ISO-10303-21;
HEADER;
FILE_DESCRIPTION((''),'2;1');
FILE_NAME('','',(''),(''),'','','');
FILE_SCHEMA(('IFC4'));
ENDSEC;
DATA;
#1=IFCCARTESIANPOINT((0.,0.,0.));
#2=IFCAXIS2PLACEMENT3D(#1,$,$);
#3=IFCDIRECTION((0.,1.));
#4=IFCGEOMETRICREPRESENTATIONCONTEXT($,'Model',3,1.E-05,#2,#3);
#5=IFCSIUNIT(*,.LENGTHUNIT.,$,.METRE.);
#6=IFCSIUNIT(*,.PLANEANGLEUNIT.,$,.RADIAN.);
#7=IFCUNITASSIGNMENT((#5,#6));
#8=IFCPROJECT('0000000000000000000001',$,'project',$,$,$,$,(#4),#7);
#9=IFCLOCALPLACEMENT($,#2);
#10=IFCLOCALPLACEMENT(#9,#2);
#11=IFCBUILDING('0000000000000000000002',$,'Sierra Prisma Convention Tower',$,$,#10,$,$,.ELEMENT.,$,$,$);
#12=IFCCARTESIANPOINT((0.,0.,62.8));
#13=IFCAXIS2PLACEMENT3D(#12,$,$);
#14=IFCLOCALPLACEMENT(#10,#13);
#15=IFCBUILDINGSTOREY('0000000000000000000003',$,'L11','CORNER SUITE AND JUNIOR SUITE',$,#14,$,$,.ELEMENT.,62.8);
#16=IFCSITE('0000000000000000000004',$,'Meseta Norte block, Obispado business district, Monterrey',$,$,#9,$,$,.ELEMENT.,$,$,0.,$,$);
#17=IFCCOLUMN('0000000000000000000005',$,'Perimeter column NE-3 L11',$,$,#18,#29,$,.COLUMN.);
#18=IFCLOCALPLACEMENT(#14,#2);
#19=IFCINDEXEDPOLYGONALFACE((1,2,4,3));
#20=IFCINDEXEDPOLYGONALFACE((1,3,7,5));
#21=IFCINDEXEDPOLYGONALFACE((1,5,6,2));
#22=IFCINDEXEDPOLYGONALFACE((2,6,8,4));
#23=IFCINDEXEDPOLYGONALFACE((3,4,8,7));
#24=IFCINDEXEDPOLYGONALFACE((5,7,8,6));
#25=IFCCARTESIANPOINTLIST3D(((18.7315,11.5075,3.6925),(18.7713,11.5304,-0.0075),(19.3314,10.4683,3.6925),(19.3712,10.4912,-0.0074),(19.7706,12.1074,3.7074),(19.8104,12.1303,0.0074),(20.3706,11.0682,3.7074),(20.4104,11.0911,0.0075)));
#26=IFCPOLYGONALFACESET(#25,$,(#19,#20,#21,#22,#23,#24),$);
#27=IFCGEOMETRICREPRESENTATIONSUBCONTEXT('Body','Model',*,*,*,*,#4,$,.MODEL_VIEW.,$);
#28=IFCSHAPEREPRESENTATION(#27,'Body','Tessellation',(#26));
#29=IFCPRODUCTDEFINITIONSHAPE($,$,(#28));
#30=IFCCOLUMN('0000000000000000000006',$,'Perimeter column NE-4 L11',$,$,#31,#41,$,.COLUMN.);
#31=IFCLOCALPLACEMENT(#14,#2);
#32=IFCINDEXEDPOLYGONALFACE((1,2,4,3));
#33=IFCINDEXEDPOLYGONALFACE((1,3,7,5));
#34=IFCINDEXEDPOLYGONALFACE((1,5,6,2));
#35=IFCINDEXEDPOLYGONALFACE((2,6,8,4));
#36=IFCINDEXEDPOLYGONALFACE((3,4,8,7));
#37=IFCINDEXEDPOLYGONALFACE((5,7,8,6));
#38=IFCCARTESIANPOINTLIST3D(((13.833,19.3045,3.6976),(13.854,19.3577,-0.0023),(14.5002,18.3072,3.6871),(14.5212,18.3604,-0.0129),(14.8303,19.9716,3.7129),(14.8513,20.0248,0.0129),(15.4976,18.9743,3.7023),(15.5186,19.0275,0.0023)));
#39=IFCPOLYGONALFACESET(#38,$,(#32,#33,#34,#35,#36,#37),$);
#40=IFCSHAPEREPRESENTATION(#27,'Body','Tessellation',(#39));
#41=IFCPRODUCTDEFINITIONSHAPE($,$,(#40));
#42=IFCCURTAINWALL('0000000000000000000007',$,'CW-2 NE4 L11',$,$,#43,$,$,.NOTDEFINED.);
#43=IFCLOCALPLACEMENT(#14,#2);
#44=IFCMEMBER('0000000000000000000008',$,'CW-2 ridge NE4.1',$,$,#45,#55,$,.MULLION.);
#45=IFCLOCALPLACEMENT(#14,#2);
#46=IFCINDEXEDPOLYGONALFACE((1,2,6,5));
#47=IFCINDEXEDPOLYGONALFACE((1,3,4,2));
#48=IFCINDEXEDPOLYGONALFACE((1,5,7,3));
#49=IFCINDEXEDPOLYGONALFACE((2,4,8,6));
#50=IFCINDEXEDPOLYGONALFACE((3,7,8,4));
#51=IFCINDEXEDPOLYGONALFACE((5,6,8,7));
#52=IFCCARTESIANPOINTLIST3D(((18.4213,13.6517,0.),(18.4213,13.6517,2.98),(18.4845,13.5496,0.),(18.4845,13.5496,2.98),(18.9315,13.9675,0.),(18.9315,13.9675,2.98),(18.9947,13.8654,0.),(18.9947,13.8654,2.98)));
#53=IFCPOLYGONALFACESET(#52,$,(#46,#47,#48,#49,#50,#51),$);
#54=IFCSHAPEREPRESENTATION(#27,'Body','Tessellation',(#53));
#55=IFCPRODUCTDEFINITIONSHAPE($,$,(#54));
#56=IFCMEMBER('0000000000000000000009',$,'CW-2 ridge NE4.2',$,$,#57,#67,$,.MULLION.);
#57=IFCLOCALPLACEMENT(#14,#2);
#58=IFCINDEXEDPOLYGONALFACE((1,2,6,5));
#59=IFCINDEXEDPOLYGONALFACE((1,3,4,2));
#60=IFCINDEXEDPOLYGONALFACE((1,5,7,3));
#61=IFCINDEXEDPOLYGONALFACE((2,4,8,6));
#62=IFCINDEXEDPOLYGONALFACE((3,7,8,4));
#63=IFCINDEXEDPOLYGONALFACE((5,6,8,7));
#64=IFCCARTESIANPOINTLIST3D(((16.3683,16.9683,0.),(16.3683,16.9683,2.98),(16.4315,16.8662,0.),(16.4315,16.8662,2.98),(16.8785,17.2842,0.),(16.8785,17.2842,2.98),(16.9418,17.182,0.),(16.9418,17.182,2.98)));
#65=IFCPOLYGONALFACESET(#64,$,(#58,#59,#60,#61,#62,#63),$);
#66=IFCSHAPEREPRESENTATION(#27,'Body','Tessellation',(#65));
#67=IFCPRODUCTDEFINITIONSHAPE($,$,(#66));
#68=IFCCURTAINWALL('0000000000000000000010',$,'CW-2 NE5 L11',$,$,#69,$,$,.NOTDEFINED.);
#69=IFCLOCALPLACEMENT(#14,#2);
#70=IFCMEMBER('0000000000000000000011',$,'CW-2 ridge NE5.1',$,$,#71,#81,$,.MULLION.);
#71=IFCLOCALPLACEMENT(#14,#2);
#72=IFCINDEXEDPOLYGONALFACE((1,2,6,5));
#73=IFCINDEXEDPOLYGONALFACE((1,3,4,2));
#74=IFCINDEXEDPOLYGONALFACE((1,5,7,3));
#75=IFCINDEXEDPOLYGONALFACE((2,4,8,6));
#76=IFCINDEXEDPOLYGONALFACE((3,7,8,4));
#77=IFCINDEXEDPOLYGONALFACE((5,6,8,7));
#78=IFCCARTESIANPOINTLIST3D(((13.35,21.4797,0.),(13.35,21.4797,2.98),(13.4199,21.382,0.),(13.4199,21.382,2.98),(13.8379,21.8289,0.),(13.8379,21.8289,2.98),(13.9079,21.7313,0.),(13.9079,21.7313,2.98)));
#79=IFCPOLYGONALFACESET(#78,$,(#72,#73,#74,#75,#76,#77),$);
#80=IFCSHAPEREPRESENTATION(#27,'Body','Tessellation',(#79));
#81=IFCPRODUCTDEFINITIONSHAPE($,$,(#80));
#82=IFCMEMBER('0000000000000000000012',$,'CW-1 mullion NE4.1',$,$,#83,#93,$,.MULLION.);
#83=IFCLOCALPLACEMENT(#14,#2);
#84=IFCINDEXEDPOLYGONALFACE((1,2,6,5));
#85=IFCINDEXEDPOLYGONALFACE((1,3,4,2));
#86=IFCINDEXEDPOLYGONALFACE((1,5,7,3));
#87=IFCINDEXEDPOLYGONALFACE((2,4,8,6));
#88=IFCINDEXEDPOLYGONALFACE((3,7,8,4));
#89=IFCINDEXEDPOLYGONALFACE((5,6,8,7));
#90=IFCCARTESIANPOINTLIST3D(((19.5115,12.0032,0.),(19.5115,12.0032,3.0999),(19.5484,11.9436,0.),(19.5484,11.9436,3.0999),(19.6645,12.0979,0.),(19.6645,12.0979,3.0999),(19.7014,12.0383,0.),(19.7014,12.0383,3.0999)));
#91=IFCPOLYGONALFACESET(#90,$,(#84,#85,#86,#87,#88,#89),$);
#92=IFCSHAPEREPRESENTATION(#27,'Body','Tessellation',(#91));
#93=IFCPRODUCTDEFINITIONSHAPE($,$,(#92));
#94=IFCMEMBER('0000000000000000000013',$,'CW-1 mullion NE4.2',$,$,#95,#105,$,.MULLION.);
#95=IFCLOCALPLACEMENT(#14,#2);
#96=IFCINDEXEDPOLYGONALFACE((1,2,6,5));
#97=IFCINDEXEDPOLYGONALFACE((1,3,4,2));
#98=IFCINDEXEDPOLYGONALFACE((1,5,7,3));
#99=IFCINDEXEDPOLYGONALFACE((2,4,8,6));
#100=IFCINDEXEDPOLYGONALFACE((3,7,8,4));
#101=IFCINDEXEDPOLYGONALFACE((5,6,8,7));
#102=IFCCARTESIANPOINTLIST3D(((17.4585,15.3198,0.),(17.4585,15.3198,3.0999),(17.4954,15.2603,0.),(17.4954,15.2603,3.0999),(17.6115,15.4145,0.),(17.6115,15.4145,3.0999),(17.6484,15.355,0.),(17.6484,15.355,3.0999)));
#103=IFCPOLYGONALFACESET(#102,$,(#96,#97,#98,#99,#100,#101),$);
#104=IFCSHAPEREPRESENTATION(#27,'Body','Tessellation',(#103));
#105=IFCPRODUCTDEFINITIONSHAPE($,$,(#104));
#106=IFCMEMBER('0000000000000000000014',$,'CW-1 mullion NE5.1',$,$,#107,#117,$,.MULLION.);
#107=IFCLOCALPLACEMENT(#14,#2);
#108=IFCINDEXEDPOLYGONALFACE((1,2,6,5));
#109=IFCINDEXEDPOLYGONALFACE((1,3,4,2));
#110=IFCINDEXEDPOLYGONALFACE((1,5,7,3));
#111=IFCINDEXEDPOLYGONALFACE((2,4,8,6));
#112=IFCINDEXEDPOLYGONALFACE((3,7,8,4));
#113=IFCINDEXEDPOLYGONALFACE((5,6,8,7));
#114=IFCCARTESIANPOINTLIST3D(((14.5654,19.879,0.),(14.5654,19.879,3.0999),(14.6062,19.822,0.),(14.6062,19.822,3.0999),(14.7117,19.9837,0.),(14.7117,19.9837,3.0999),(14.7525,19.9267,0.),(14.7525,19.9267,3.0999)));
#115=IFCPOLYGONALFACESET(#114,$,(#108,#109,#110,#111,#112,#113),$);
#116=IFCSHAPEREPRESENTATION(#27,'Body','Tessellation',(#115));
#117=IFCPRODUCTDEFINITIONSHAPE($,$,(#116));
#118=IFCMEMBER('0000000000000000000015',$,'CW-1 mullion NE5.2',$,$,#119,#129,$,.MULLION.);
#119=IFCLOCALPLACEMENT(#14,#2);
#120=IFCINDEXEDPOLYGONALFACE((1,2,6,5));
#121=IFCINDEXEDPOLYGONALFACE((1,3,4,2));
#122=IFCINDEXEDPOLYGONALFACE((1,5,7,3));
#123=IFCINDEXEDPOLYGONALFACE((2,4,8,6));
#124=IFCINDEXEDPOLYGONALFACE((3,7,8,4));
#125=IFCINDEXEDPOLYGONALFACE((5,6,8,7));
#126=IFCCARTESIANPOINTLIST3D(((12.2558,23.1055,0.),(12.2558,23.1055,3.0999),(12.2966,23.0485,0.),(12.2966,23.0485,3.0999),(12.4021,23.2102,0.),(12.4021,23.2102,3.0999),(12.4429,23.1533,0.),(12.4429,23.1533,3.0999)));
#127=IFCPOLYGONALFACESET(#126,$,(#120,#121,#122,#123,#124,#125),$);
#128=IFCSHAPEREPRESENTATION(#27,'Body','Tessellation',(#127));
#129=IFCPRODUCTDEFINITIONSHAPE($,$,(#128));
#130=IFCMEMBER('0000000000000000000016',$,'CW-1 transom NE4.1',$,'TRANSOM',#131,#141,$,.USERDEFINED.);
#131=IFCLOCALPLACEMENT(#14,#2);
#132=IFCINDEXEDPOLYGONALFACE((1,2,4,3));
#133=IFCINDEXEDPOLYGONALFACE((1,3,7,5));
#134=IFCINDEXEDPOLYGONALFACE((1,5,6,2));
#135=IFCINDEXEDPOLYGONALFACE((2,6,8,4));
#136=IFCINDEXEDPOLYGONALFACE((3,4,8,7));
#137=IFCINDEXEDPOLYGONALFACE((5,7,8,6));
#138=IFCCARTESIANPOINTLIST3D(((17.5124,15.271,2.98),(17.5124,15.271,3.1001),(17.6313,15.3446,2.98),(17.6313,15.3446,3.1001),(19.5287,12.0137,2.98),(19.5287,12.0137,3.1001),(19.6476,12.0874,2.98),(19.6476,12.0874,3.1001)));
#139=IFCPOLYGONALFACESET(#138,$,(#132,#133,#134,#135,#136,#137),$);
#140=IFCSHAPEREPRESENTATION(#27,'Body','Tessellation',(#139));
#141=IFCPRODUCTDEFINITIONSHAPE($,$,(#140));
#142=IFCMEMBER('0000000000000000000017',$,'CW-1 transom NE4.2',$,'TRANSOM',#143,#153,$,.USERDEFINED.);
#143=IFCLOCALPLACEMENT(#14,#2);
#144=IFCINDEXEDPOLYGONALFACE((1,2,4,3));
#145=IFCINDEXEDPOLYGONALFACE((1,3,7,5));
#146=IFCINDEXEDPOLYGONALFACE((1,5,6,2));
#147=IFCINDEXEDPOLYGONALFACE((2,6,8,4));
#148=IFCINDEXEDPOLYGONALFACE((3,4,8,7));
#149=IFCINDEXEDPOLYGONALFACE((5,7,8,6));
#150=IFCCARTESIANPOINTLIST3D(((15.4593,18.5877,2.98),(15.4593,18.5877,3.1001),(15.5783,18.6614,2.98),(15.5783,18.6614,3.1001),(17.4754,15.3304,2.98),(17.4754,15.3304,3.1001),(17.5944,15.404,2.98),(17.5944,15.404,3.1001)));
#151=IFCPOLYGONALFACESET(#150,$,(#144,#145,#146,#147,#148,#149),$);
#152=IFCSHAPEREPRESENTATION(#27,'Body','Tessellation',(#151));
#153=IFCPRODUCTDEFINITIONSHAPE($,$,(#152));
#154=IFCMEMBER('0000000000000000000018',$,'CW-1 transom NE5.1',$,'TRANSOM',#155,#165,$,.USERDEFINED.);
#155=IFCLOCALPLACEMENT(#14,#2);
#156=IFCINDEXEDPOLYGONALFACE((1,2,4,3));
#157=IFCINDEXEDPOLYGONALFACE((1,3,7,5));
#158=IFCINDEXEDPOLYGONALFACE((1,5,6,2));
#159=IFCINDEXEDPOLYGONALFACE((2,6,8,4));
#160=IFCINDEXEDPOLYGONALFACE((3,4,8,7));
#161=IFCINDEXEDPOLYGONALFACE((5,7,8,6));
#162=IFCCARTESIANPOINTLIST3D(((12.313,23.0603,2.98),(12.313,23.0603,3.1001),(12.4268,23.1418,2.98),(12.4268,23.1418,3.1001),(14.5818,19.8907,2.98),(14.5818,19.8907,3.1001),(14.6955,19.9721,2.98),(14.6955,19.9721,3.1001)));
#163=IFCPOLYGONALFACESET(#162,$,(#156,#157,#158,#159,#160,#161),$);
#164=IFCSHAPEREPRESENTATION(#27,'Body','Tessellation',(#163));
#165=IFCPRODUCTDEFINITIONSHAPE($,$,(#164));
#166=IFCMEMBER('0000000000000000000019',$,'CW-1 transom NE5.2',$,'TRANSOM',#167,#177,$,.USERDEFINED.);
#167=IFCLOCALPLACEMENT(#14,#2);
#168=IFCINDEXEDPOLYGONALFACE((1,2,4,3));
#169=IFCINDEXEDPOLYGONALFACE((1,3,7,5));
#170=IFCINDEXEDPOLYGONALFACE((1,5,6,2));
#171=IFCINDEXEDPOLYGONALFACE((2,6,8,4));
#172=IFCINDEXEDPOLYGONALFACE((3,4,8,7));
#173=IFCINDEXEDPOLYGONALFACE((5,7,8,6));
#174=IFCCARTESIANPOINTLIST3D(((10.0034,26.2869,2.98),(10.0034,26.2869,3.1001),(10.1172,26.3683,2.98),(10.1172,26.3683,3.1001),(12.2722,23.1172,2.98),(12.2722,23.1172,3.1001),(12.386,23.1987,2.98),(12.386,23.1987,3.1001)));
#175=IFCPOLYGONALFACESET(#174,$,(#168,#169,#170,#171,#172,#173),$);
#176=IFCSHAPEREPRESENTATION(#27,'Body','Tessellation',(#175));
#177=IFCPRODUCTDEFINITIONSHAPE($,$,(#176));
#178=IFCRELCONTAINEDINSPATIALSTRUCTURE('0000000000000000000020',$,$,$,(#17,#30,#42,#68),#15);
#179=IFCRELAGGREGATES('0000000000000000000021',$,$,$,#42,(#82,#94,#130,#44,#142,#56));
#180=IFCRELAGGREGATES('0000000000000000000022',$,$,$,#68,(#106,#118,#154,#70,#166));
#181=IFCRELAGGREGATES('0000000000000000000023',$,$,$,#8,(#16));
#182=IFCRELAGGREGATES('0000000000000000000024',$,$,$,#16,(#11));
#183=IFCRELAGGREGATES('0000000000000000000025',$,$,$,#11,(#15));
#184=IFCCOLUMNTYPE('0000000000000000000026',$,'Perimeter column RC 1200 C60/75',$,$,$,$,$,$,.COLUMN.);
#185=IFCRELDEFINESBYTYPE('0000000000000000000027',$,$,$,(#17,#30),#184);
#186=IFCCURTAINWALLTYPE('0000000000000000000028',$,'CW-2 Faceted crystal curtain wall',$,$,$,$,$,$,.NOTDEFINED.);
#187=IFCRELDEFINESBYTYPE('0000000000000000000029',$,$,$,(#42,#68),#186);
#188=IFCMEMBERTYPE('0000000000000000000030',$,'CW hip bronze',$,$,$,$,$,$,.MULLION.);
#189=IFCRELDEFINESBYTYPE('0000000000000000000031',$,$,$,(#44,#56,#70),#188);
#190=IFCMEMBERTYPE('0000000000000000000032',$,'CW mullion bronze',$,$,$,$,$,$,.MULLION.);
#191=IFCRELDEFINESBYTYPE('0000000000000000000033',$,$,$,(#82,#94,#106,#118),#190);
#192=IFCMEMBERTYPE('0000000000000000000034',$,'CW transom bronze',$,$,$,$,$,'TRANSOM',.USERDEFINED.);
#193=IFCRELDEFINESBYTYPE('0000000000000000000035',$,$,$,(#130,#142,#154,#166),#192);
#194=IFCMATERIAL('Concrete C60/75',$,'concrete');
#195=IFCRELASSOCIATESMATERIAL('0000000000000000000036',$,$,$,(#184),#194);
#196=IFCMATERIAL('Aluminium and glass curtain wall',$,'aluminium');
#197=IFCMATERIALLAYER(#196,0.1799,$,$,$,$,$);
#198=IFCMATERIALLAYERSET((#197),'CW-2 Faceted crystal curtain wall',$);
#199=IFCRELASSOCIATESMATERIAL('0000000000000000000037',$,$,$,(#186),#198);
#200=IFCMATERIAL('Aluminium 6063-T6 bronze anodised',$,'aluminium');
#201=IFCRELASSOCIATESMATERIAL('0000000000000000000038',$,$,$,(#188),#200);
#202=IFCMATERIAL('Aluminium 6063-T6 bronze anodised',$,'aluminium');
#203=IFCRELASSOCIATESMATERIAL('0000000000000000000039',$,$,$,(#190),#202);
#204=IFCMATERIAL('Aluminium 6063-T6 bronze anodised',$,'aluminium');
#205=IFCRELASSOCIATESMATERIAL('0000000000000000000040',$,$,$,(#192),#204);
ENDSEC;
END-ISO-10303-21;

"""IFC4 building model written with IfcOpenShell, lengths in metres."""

from ifc_helpers import new_model, si_unit, direction, frame, origin, origin_2d, place, context, subcontext, project, spatial, rectangle, extrude, material, layer, layer_set, material_profile, profile_set, type_object, element, aggregate, save


model = new_model("IFC4")

# Units and contexts
model_context = context("Model", 3, precision=1e-05, world=origin(), true_north=direction((0.0, 1.0)))
body_context = subcontext(model_context, "Body", "Model", "MODEL_VIEW")
ifc_project = project(units=[si_unit("LENGTHUNIT", "METRE"), si_unit("PLANEANGLEUNIT", "RADIAN")], contexts=[model_context])

# Site, building, storey
site_placement = place(None, origin())
site = spatial("IfcSite", under=ifc_project, at=site_placement, Name="Meseta Norte block, Obispado business district, Monterrey", CompositionType="ELEMENT", RefElevation=0.0)
building_placement = place(site_placement, origin())
building = spatial("IfcBuilding", under=site, at=building_placement, Name="Sierra Prisma Convention Tower", CompositionType="ELEMENT")
storey_placement = place(building_placement, frame((0.0, 0.0, 62.8)))
storey = spatial("IfcBuildingStorey", under=building, at=storey_placement, Name="L11", Description="CORNER SUITE AND JUNIOR SUITE", CompositionType="ELEMENT", Elevation=62.8)

# Columns
ifc_material_1 = material(Name="Concrete C60/75", Category="concrete")
ifc_material_profile_1 = material_profile(ifc_material_1, rectangle(XDim=1.2, YDim=1.2, at=origin_2d()), Name="Perimeter column RC 1200 C60/75")
ifc_profile_set_1 = profile_set([ifc_material_profile_1], Name="Concrete C60/75")
column_type = type_object("IfcColumnType", Name="Perimeter column RC 1200 C60/75", PredefinedType="COLUMN", material=ifc_profile_set_1)
column_1_placement = place(storey_placement, frame((19.5908, 11.3108, 0.0), z_axis=(-0.010755, -0.006202, 0.999923), x_axis=(-0.499971, 0.866042, -0.000006)))
element("IfcColumn", 1, at=column_1_placement, inside=storey, type_object=column_type, Name="Perimeter column NE-3 L11", PredefinedType="COLUMN", context=body_context, shape_type="SweptSolid", body=[
    extrude(rectangle(XDim=1.2, YDim=1.2, at=origin_2d()), origin(), (0.0, 0.0, 1.0), 3.7002),
])
column_2_placement = place(storey_placement, frame((14.6863, 19.1926, 0.0), z_axis=(-0.005674, -0.014383, 0.99988), x_axis=(-0.556043, 0.831107, 0.0088)))
element("IfcColumn", 2, at=column_2_placement, inside=storey, type_object=column_type, Name="Perimeter column NE-4 L11", PredefinedType="COLUMN", context=body_context, shape_type="SweptSolid", body=[
    extrude(rectangle(XDim=1.2, YDim=1.2, at=origin_2d()), origin(), (0.0, 0.0, 1.0), 3.7004),
])

# Curtain wall, members
ifc_material_2 = material(Name="Aluminium and glass curtain wall", Category="aluminium")
ifc_layer_1 = layer(ifc_material_2, 0.1799)
ifc_layer_set_1 = layer_set([ifc_layer_1], Name="CW-2 Faceted crystal curtain wall")
curtain_wall_type = type_object("IfcCurtainWallType", Name="CW-2 Faceted crystal curtain wall", PredefinedType="NOTDEFINED", material=ifc_layer_set_1)
curtain_wall_1_placement = place(storey_placement, origin())
curtain_wall_1 = element("IfcCurtainWall", 3, at=curtain_wall_1_placement, inside=storey, type_object=curtain_wall_type, Name="CW-2 NE4 L11", PredefinedType="NOTDEFINED")
ifc_material_3 = material(Name="Aluminium 6063-T6 bronze anodised", Category="aluminium")
ifc_material_profile_2 = material_profile(ifc_material_3, rectangle(XDim=0.1201, YDim=0.6001, at=origin_2d()), Name="ALU RIDGE BLADE 120x600")
ifc_profile_set_2 = profile_set([ifc_material_profile_2], Name="Aluminium 6063-T6 bronze anodised")
member_type_1 = type_object("IfcMemberType", Name="CW hip bronze", PredefinedType="MULLION", material=ifc_profile_set_2)
member_1_placement = place(storey_placement, frame((18.708, 13.7585, 0.0), z_axis=(0.0, 0.0, 1.0), x_axis=(-0.526314, 0.85029, 0.0)))
member_1 = element("IfcMember", 4, at=member_1_placement, type_object=member_type_1, Name="CW-2 ridge NE4.1", PredefinedType="MULLION", context=body_context, shape_type="SweptSolid", body=[
    extrude(rectangle(XDim=0.1201, YDim=0.6001, at=origin_2d()), origin(), (0.0, 0.0, 1.0), 2.98),
])
member_2_placement = place(storey_placement, frame((16.655, 17.0752, 0.0), z_axis=(0.0, 0.0, 1.0), x_axis=(-0.526314, 0.85029, 0.0)))
member_2 = element("IfcMember", 5, at=member_2_placement, type_object=member_type_1, Name="CW-2 ridge NE4.2", PredefinedType="MULLION", context=body_context, shape_type="SweptSolid", body=[
    extrude(rectangle(XDim=0.1201, YDim=0.6001, at=origin_2d()), origin(), (0.0, 0.0, 1.0), 2.98),
])

# Curtain wall, member
curtain_wall_2_placement = place(storey_placement, origin())
curtain_wall_2 = element("IfcCurtainWall", 6, at=curtain_wall_2_placement, inside=storey, type_object=curtain_wall_type, Name="CW-2 NE5 L11", PredefinedType="NOTDEFINED")
member_3_placement = place(storey_placement, frame((13.6289, 21.6055, 0.0), z_axis=(0.0, 0.0, 1.0), x_axis=(-0.582035, 0.813163, 0.0)))
member_3 = element("IfcMember", 7, at=member_3_placement, type_object=member_type_1, Name="CW-2 ridge NE5.1", PredefinedType="MULLION", context=body_context, shape_type="SweptSolid", body=[
    extrude(rectangle(XDim=0.1201, YDim=0.6001, at=origin_2d()), origin(), (0.0, 0.0, 1.0), 2.98),
])

# Members
ifc_material_4 = material(Name="Aluminium 6063-T6 bronze anodised", Category="aluminium")
ifc_material_profile_3 = material_profile(ifc_material_4, rectangle(XDim=0.1799, YDim=0.0701, at=origin_2d()), Name="ALU MULLION 70x180")
ifc_profile_set_3 = profile_set([ifc_material_profile_3], Name="Aluminium 6063-T6 bronze anodised")
member_type_2 = type_object("IfcMemberType", Name="CW mullion bronze", PredefinedType="MULLION", material=ifc_profile_set_3)
member_4_placement = place(storey_placement, frame((19.6064, 12.0208, 0.0), z_axis=(0.0, 0.0, 1.0), x_axis=(-0.85029, -0.526314, 0.0)))
member_4 = element("IfcMember", 8, at=member_4_placement, type_object=member_type_2, Name="CW-1 mullion NE4.1", PredefinedType="MULLION", context=body_context, shape_type="SweptSolid", body=[
    extrude(rectangle(XDim=0.1799, YDim=0.0701, at=origin_2d()), origin(), (0.0, 0.0, 1.0), 3.0999),
])
member_5_placement = place(storey_placement, frame((17.5535, 15.3374, 0.0), z_axis=(0.0, 0.0, 1.0), x_axis=(-0.85029, -0.526314, 0.0)))
member_5 = element("IfcMember", 9, at=member_5_placement, type_object=member_type_2, Name="CW-1 mullion NE4.2", PredefinedType="MULLION", context=body_context, shape_type="SweptSolid", body=[
    extrude(rectangle(XDim=0.1799, YDim=0.0701, at=origin_2d()), origin(), (0.0, 0.0, 1.0), 3.0999),
])
member_6_placement = place(storey_placement, frame((14.6589, 19.9028, 0.0), z_axis=(0.0, 0.0, 1.0), x_axis=(-0.813163, -0.582035, 0.0)))
member_6 = element("IfcMember", 10, at=member_6_placement, type_object=member_type_2, Name="CW-1 mullion NE5.1", PredefinedType="MULLION", context=body_context, shape_type="SweptSolid", body=[
    extrude(rectangle(XDim=0.1799, YDim=0.0701, at=origin_2d()), origin(), (0.0, 0.0, 1.0), 3.0999),
])
member_7_placement = place(storey_placement, frame((12.3494, 23.1294, 0.0), z_axis=(0.0, 0.0, 1.0), x_axis=(-0.813163, -0.582035, 0.0)))
member_7 = element("IfcMember", 11, at=member_7_placement, type_object=member_type_2, Name="CW-1 mullion NE5.2", PredefinedType="MULLION", context=body_context, shape_type="SweptSolid", body=[
    extrude(rectangle(XDim=0.1799, YDim=0.0701, at=origin_2d()), origin(), (0.0, 0.0, 1.0), 3.0999),
])
ifc_material_5 = material(Name="Aluminium 6063-T6 bronze anodised", Category="aluminium")
ifc_material_profile_4 = material_profile(ifc_material_5, rectangle(XDim=0.1399, YDim=0.1201, at=origin_2d()), Name="ALU TRANSOM 120x140")
ifc_profile_set_4 = profile_set([ifc_material_profile_4], Name="Aluminium 6063-T6 bronze anodised")
member_type_3 = type_object("IfcMemberType", Name="CW transom bronze", ElementType="TRANSOM", PredefinedType="USERDEFINED", material=ifc_profile_set_4)
member_8_placement = place(storey_placement, frame((19.5881, 12.0505, 3.04), z_axis=(-0.526339, 0.850275, 0.0), x_axis=(-0.850275, -0.526339, 0.0)))
member_8 = element("IfcMember", 12, at=member_8_placement, type_object=member_type_3, Name="CW-1 transom NE4.1", ObjectType="TRANSOM", PredefinedType="USERDEFINED", context=body_context, shape_type="SweptSolid", body=[
    extrude(rectangle(XDim=0.1399, YDim=0.1201, at=origin_2d()), origin(), (0.0, 0.0, 1.0), 3.8308),
])
member_9_placement = place(storey_placement, frame((17.5349, 15.3672, 3.04), z_axis=(-0.526293, 0.850303, 0.0), x_axis=(-0.850303, -0.526293, 0.0)))
member_9 = element("IfcMember", 13, at=member_9_placement, type_object=member_type_3, Name="CW-1 transom NE4.2", ObjectType="TRANSOM", PredefinedType="USERDEFINED", context=body_context, shape_type="SweptSolid", body=[
    extrude(rectangle(XDim=0.1399, YDim=0.1201, at=origin_2d()), origin(), (0.0, 0.0, 1.0), 3.8308),
])
member_10_placement = place(storey_placement, frame((14.6387, 19.9314, 3.04), z_axis=(-0.582044, 0.813158, 0.0), x_axis=(-0.813158, -0.582044, 0.0)))
member_10 = element("IfcMember", 14, at=member_10_placement, type_object=member_type_3, Name="CW-1 transom NE5.1", ObjectType="TRANSOM", PredefinedType="USERDEFINED", context=body_context, shape_type="SweptSolid", body=[
    extrude(rectangle(XDim=0.1399, YDim=0.1201, at=origin_2d()), origin(), (0.0, 0.0, 1.0), 3.8979),
])
member_11_placement = place(storey_placement, frame((12.3291, 23.158, 3.04), z_axis=(-0.582044, 0.813158, 0.0), x_axis=(-0.813158, -0.582044, 0.0)))
member_11 = element("IfcMember", 15, at=member_11_placement, type_object=member_type_3, Name="CW-1 transom NE5.2", ObjectType="TRANSOM", PredefinedType="USERDEFINED", context=body_context, shape_type="SweptSolid", body=[
    extrude(rectangle(XDim=0.1399, YDim=0.1201, at=origin_2d()), origin(), (0.0, 0.0, 1.0), 3.8979),
])

aggregate(curtain_wall_1, [member_4, member_5, member_8, member_1, member_9, member_2])
aggregate(curtain_wall_2, [member_6, member_7, member_10, member_3, member_11])

save(model, "model.ifc")
